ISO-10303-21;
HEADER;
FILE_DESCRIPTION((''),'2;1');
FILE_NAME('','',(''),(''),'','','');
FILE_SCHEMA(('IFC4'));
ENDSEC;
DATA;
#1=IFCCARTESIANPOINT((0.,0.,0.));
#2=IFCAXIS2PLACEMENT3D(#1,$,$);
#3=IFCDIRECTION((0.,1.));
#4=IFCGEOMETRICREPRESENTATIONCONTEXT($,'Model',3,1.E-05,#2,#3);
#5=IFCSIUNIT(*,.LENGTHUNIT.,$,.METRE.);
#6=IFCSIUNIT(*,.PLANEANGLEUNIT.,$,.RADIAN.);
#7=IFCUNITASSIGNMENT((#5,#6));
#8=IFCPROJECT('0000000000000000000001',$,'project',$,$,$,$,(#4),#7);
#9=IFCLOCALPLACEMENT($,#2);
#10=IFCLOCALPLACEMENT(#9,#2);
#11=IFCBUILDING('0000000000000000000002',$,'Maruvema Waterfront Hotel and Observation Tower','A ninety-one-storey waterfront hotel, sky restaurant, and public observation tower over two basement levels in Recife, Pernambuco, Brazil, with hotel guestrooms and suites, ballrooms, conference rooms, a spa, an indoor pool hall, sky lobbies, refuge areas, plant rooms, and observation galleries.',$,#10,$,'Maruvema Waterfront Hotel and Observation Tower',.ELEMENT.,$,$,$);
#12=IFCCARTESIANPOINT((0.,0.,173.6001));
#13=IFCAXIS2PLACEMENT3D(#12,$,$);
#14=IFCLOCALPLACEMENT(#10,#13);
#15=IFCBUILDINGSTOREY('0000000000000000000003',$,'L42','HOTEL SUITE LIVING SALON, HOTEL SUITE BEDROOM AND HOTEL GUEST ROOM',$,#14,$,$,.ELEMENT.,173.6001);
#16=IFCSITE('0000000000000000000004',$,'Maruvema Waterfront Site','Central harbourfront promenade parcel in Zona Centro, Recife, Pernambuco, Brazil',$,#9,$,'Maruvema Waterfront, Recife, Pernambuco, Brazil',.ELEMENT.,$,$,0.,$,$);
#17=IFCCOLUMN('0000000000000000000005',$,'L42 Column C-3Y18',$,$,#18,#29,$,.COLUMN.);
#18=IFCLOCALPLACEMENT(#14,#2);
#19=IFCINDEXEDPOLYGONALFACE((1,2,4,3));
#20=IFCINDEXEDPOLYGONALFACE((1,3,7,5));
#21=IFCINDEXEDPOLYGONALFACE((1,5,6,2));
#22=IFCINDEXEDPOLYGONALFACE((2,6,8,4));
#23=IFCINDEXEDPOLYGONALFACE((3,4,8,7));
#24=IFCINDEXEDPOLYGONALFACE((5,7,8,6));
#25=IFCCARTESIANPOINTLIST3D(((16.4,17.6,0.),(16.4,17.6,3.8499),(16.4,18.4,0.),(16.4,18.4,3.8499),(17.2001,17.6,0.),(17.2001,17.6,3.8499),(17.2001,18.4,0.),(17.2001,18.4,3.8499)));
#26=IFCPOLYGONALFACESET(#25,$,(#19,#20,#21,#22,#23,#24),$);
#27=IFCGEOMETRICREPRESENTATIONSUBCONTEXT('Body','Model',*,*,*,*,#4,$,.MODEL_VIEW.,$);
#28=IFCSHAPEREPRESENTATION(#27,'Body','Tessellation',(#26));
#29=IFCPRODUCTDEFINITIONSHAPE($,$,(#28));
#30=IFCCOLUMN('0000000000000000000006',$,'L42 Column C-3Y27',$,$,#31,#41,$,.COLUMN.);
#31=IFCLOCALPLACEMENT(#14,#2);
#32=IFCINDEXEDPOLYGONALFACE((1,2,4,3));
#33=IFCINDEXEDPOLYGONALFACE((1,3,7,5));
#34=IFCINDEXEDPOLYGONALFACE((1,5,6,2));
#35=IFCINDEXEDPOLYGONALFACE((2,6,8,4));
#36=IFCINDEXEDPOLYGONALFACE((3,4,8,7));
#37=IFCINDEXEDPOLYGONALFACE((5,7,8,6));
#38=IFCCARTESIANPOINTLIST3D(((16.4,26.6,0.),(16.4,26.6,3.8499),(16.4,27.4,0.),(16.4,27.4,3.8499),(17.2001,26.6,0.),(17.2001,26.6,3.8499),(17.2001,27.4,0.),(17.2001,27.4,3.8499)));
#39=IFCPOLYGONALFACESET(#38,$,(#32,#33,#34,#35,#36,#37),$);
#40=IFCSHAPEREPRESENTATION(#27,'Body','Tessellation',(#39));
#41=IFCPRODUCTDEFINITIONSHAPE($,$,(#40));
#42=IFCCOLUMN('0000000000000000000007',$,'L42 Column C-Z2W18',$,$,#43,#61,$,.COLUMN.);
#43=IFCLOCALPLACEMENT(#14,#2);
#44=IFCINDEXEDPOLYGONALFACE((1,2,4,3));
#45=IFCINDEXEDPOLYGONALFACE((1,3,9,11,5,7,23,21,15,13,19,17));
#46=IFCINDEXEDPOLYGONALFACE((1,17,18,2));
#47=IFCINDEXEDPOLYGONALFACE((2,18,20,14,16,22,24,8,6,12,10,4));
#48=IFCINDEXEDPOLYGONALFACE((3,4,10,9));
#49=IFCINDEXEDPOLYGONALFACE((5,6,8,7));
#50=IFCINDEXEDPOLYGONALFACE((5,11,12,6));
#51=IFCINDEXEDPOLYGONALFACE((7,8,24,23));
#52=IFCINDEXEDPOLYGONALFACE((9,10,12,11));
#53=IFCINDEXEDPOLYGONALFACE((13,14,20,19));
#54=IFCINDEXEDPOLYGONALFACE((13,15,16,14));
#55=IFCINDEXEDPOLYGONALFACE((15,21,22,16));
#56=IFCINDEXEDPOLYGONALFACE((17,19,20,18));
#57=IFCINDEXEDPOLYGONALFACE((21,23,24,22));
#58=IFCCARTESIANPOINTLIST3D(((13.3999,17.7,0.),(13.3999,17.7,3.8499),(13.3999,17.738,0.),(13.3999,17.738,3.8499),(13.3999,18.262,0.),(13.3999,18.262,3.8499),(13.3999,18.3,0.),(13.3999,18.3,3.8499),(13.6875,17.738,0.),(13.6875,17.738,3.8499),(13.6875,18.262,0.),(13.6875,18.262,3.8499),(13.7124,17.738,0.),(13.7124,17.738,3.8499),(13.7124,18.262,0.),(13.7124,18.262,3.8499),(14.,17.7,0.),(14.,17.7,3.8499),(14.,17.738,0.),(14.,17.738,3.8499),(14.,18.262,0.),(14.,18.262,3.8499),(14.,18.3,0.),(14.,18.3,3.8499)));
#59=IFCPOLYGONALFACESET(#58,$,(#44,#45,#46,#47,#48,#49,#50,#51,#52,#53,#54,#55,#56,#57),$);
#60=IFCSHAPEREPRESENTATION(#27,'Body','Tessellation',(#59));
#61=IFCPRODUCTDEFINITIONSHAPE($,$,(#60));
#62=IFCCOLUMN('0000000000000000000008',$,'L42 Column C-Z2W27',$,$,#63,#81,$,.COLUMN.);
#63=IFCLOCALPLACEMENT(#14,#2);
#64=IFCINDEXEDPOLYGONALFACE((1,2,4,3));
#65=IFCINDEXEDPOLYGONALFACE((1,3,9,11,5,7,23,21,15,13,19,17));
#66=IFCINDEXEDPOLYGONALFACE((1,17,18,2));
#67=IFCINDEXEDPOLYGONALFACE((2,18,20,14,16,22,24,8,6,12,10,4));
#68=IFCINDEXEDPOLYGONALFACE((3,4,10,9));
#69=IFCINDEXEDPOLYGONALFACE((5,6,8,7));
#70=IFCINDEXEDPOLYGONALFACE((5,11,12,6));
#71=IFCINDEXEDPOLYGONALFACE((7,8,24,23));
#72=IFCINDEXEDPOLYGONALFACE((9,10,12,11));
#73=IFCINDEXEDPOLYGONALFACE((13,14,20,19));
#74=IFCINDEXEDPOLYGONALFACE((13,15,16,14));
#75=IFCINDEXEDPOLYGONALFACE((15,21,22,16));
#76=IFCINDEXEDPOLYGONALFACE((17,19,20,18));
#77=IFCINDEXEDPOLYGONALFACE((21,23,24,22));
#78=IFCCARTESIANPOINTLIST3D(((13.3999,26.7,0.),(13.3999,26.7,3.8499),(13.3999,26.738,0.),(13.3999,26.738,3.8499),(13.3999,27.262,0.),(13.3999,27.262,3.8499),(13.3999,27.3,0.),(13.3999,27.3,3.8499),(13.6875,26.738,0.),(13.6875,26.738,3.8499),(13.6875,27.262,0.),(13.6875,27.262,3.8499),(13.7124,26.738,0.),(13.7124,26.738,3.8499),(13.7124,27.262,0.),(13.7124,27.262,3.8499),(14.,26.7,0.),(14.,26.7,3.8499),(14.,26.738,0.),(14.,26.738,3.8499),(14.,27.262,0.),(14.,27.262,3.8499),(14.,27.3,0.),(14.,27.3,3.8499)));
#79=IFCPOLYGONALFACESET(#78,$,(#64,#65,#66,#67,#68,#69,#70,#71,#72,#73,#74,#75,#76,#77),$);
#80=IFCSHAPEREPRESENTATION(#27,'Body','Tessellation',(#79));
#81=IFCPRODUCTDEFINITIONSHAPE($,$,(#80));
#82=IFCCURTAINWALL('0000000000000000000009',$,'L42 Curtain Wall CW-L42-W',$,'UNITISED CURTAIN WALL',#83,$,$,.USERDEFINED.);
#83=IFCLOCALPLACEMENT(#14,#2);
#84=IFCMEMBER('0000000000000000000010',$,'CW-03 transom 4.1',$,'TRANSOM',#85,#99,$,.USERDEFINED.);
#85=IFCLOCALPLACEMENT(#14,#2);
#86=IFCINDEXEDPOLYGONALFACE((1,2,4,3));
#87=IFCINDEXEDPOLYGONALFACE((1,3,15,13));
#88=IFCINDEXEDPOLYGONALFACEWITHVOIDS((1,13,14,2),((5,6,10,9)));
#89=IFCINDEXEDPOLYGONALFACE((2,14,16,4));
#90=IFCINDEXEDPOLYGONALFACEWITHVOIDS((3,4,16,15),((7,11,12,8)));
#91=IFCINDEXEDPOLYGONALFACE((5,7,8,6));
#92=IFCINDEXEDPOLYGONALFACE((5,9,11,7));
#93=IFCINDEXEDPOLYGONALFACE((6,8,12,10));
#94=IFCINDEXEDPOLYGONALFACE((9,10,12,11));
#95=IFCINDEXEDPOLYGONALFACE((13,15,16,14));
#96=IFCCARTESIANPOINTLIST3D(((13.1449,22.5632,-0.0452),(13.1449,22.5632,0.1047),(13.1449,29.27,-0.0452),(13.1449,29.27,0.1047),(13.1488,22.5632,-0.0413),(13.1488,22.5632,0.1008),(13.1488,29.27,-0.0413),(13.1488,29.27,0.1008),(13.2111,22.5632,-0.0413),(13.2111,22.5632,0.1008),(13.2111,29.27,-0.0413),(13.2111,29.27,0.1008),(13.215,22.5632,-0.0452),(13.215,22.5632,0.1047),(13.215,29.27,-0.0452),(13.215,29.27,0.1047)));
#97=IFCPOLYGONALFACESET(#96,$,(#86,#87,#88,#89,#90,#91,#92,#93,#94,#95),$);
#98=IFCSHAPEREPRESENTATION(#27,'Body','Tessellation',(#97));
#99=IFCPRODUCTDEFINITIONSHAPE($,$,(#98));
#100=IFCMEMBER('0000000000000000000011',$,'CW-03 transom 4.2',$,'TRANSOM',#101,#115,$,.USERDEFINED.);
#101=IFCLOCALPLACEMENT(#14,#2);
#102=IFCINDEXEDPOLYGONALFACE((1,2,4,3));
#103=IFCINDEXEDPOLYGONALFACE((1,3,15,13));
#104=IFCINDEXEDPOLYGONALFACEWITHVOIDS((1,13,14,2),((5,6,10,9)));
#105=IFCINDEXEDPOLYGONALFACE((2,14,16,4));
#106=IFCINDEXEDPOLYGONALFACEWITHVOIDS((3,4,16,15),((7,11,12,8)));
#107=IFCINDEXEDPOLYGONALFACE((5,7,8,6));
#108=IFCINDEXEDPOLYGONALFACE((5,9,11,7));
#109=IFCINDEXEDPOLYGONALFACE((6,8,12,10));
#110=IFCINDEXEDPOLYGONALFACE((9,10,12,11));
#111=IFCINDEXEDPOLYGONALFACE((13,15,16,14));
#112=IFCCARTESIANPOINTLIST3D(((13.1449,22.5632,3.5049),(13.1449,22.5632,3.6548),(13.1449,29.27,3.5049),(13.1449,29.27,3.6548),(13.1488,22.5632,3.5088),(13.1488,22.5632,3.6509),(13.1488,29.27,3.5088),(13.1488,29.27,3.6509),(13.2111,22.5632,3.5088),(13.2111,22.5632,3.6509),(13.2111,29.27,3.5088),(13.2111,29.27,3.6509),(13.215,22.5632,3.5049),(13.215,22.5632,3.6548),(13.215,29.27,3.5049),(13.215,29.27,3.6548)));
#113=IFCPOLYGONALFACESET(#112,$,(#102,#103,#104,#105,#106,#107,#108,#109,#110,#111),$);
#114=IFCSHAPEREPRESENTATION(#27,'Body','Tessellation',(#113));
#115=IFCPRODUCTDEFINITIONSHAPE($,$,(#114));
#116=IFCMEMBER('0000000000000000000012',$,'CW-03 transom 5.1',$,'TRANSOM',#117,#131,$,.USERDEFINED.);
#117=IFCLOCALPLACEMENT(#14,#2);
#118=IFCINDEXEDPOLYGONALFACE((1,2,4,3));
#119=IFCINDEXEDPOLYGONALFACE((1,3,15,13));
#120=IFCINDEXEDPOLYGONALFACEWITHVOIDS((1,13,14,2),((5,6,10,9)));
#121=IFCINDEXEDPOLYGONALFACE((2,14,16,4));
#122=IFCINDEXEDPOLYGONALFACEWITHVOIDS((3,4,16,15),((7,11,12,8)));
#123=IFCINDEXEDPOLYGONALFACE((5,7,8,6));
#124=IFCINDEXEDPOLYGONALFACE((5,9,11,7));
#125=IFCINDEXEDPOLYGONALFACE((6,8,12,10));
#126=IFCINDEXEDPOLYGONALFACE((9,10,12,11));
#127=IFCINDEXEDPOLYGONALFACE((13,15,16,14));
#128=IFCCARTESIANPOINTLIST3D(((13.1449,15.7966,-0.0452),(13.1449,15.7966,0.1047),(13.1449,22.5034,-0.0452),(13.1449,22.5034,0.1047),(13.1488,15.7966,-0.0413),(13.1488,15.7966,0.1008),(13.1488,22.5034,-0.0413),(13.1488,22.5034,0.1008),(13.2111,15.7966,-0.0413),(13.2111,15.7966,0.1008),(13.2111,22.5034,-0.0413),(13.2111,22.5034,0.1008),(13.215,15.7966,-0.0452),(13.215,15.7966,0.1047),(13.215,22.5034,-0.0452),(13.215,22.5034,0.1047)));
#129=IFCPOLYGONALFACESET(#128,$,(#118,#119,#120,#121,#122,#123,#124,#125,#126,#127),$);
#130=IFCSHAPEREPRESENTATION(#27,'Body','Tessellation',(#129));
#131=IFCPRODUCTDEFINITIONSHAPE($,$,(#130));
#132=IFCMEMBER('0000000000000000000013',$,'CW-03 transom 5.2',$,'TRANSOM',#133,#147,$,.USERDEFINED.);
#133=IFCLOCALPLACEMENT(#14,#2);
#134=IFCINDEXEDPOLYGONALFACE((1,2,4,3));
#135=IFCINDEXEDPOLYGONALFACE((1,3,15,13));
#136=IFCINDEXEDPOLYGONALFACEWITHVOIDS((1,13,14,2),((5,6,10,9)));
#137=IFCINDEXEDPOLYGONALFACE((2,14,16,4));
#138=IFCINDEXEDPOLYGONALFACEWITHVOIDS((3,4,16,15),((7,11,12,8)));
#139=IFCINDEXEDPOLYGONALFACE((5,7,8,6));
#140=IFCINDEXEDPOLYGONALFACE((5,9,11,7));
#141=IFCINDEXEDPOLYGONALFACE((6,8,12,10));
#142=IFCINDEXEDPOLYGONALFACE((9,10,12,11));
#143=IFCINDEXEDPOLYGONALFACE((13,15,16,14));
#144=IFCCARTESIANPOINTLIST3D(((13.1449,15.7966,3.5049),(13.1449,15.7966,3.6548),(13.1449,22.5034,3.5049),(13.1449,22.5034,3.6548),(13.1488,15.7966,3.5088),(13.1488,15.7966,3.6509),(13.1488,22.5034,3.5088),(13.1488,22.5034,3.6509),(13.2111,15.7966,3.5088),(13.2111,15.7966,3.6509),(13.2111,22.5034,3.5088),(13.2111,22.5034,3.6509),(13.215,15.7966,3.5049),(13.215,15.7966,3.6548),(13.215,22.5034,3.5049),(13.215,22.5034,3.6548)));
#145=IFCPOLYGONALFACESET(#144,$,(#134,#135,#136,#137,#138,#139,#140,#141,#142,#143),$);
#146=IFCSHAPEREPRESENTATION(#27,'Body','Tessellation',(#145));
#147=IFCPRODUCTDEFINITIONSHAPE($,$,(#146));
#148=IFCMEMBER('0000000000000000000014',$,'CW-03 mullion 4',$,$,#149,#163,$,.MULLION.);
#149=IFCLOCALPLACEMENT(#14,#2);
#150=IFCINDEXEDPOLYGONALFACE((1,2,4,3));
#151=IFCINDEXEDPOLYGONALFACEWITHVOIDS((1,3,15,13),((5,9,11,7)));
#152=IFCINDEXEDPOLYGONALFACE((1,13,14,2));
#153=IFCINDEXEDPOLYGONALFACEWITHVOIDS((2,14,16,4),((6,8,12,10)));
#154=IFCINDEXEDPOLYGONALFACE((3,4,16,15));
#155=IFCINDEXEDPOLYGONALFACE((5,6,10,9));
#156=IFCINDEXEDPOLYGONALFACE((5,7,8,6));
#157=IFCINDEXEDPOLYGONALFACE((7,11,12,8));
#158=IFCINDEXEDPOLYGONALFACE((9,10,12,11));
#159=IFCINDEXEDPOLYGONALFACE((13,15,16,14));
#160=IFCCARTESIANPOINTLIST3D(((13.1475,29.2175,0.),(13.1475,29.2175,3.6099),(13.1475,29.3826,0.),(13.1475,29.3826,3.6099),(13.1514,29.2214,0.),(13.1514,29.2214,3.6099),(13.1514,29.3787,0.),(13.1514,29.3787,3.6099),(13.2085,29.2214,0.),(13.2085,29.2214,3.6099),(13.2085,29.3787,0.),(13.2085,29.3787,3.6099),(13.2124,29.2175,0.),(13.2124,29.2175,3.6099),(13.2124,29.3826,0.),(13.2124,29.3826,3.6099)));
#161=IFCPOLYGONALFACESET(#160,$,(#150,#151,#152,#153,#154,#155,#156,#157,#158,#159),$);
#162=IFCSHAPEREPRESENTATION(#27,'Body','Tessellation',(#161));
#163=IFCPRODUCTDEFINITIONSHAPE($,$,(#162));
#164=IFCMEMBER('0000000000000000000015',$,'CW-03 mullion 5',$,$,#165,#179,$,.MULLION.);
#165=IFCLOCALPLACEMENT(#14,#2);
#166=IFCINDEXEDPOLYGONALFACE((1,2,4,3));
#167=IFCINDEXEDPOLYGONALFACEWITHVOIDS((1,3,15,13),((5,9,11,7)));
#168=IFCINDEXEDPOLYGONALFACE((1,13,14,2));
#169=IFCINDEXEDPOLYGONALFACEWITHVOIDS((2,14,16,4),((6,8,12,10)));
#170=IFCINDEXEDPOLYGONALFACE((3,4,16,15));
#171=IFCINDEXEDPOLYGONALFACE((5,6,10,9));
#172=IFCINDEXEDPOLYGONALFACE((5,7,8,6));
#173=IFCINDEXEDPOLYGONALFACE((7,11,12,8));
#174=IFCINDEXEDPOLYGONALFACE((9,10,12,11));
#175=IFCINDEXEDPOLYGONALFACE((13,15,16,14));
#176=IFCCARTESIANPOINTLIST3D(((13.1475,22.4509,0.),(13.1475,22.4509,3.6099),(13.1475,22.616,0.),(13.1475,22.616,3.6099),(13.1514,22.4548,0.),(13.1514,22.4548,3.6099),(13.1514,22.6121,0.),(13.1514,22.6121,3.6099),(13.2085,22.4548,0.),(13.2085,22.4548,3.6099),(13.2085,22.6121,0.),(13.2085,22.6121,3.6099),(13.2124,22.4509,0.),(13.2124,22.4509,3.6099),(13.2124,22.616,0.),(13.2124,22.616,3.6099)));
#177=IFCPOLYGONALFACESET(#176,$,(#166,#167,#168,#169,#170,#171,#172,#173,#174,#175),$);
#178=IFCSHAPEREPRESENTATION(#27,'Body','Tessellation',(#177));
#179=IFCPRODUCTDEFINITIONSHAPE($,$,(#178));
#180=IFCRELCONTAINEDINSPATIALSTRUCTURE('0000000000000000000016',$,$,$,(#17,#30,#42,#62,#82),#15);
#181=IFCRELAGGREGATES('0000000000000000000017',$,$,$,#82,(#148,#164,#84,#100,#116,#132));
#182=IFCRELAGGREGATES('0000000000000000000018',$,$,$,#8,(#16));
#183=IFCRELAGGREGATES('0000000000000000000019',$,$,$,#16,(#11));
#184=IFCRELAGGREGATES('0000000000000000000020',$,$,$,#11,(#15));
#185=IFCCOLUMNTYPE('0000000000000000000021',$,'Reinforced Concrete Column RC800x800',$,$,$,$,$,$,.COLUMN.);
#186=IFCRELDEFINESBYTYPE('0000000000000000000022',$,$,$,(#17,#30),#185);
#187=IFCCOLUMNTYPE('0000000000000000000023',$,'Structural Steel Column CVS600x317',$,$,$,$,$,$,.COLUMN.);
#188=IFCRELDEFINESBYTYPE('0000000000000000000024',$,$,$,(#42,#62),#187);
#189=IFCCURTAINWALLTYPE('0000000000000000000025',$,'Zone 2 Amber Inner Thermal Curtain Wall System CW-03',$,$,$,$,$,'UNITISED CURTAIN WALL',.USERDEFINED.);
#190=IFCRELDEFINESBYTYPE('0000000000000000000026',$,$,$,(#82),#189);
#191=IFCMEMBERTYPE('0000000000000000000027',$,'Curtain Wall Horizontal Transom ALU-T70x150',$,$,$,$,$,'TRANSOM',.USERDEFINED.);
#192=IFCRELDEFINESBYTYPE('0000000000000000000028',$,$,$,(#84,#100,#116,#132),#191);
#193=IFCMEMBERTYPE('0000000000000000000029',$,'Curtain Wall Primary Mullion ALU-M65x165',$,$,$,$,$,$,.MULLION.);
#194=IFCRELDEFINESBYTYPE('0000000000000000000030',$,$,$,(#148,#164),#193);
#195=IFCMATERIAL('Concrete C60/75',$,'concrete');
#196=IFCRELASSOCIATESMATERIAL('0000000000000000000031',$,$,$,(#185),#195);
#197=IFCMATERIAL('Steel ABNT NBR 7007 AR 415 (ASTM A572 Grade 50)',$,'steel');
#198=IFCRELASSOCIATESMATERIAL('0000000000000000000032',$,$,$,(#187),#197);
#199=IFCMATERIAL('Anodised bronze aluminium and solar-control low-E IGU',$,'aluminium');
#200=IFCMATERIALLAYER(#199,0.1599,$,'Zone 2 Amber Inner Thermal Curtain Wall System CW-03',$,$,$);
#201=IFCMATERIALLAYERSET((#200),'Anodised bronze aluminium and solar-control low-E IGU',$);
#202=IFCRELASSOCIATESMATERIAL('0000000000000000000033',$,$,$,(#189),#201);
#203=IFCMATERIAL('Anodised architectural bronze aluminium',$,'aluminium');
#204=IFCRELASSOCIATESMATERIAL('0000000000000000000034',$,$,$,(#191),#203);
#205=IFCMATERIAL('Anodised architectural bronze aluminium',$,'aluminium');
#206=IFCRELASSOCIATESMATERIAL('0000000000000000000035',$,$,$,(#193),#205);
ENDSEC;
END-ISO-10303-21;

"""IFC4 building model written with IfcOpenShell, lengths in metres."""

from ifc_helpers import new_model, si_unit, direction, frame, origin, origin_2d, place, context, subcontext, project, spatial, rectangle, hollow_rectangle, i_section, extrude, material, layer, layer_set, material_profile, profile_set, type_object, element, aggregate, save


model = new_model("IFC4")

# Units and contexts
model_context = context("Model", 3, precision=1e-05, world=origin(), true_north=direction((0.0, 1.0)))
body_context = subcontext(model_context, "Body", "Model", "MODEL_VIEW")
ifc_project = project(units=[si_unit("LENGTHUNIT", "METRE"), si_unit("PLANEANGLEUNIT", "RADIAN")], contexts=[model_context])

# Site, building, storey
site_placement = place(None, origin())
site = spatial("IfcSite", under=ifc_project, at=site_placement, Name="Maruvema Waterfront Site", Description="Central harbourfront promenade parcel in Zona Centro, Recife, Pernambuco, Brazil", LongName="Maruvema Waterfront, Recife, Pernambuco, Brazil", CompositionType="ELEMENT", RefElevation=0.0)
building_placement = place(site_placement, origin())
building = spatial("IfcBuilding", under=site, at=building_placement, Name="Maruvema Waterfront Hotel and Observation Tower", Description="A ninety-one-storey waterfront hotel, sky restaurant, and public observation tower over two basement levels in Recife, Pernambuco, Brazil, with hotel guestrooms and suites, ballrooms, conference rooms, a spa, an indoor pool hall, sky lobbies, refuge areas, plant rooms, and observation galleries.", LongName="Maruvema Waterfront Hotel and Observation Tower", CompositionType="ELEMENT")
storey_placement = place(building_placement, frame((0.0, 0.0, 173.6001)))
storey = spatial("IfcBuildingStorey", under=building, at=storey_placement, Name="L42", Description="HOTEL SUITE LIVING SALON, HOTEL SUITE BEDROOM AND HOTEL GUEST ROOM", CompositionType="ELEMENT", Elevation=173.6001)

# Columns
ifc_material_1 = material(Name="Concrete C60/75", Category="concrete")
ifc_material_profile_1 = material_profile(ifc_material_1, rectangle(XDim=0.8, YDim=0.8, at=origin_2d()), Name="RC800x800")
ifc_profile_set_1 = profile_set([ifc_material_profile_1], Name="Concrete C60/75")
column_type_1 = type_object("IfcColumnType", Name="Reinforced Concrete Column RC800x800", PredefinedType="COLUMN", material=ifc_profile_set_1)
for number, where, z_axis, x_axis, name in (
    (1, (16.8, 18.0, 0.0), (0.0, 0.0, 1.0), (1.0, 0.0, 0.0), "L42 Column C-3Y18"),
    (2, (16.8, 27.0, 0.0), (0.0, 0.0, 1.0), (1.0, 0.0, 0.0), "L42 Column C-3Y27"),
):
    element("IfcColumn", number, at=place(storey_placement, frame(where, z_axis=z_axis, x_axis=x_axis)), inside=storey, type_object=column_type_1, Name=name, PredefinedType="COLUMN", context=body_context, shape_type="SweptSolid", body=[
        extrude(rectangle(XDim=0.8, YDim=0.8, at=origin_2d()), origin(), (0.0, 0.0, 1.0), 3.8499),
    ])
ifc_material_2 = material(Name="Steel ABNT NBR 7007 AR 415 (ASTM A572 Grade 50)", Category="steel")
ifc_material_profile_2 = material_profile(ifc_material_2, i_section(OverallWidth=0.6001, OverallDepth=0.6001, WebThickness=0.0249, FlangeThickness=0.0381, at=origin_2d()), Name="CVS600x317")
ifc_profile_set_2 = profile_set([ifc_material_profile_2], Name="Steel ABNT NBR 7007 AR 415 (ASTM A572 Grade 50)")
column_type_2 = type_object("IfcColumnType", Name="Structural Steel Column CVS600x317", PredefinedType="COLUMN", material=ifc_profile_set_2)
for number, where, z_axis, x_axis, name in (
    (3, (13.7, 18.0, 0.0), (0.0, 0.0, 1.0), (1.0, 0.0, 0.0), "L42 Column C-Z2W18"),
    (4, (13.7, 27.0, 0.0), (0.0, 0.0, 1.0), (1.0, 0.0, 0.0), "L42 Column C-Z2W27"),
):
    element("IfcColumn", number, at=place(storey_placement, frame(where, z_axis=z_axis, x_axis=x_axis)), inside=storey, type_object=column_type_2, Name=name, PredefinedType="COLUMN", context=body_context, shape_type="SweptSolid", body=[
        extrude(i_section(OverallWidth=0.6001, OverallDepth=0.6001, WebThickness=0.0249, FlangeThickness=0.0381, at=origin_2d()), origin(), (0.0, 0.0, 1.0), 3.8499),
    ])

# Curtain wall, members
ifc_material_3 = material(Name="Anodised bronze aluminium and solar-control low-E IGU", Category="aluminium")
ifc_layer_1 = layer(ifc_material_3, 0.1599, Name="Zone 2 Amber Inner Thermal Curtain Wall System CW-03")
ifc_layer_set_1 = layer_set([ifc_layer_1], Name="Anodised bronze aluminium and solar-control low-E IGU")
curtain_wall_type = type_object("IfcCurtainWallType", Name="Zone 2 Amber Inner Thermal Curtain Wall System CW-03", ElementType="UNITISED CURTAIN WALL", PredefinedType="USERDEFINED", material=ifc_layer_set_1)
curtain_wall_placement = place(storey_placement, origin())
curtain_wall = element("IfcCurtainWall", 5, at=curtain_wall_placement, inside=storey, type_object=curtain_wall_type, Name="L42 Curtain Wall CW-L42-W", ObjectType="UNITISED CURTAIN WALL", PredefinedType="USERDEFINED")
ifc_material_4 = material(Name="Anodised architectural bronze aluminium", Category="aluminium")
ifc_material_profile_3 = material_profile(ifc_material_4, hollow_rectangle(XDim=0.0701, YDim=0.1499, WallThickness=0.0039, at=origin_2d()), Name="ALU-T70x150")
ifc_profile_set_3 = profile_set([ifc_material_profile_3], Name="Anodised architectural bronze aluminium")
member_type_1 = type_object("IfcMemberType", Name="Curtain Wall Horizontal Transom ALU-T70x150", ElementType="TRANSOM", PredefinedType="USERDEFINED", material=ifc_profile_set_3)
member_1_placement = place(storey_placement, frame((13.1799, 29.27, 0.0298), z_axis=(0.0, -1.0, 0.0), x_axis=(1.0, 0.0, 0.0)))
member_1 = element("IfcMember", 6, at=member_1_placement, type_object=member_type_1, Name="CW-03 transom 4.1", ObjectType="TRANSOM", PredefinedType="USERDEFINED", context=body_context, shape_type="SweptSolid", body=[
    extrude(hollow_rectangle(XDim=0.0701, YDim=0.1499, WallThickness=0.0039, at=origin_2d()), origin(), (0.0, 0.0, 1.0), 6.7068),
])
member_2_placement = place(storey_placement, frame((13.1799, 29.27, 3.5798), z_axis=(0.0, -1.0, 0.0), x_axis=(1.0, 0.0, 0.0)))
member_2 = element("IfcMember", 7, at=member_2_placement, type_object=member_type_1, Name="CW-03 transom 4.2", ObjectType="TRANSOM", PredefinedType="USERDEFINED", context=body_context, shape_type="SweptSolid", body=[
    extrude(hollow_rectangle(XDim=0.0701, YDim=0.1499, WallThickness=0.0039, at=origin_2d()), origin(), (0.0, 0.0, 1.0), 6.7068),
])
member_3_placement = place(storey_placement, frame((13.1799, 22.5034, 0.0298), z_axis=(0.0, -1.0, 0.0), x_axis=(1.0, 0.0, 0.0)))
member_3 = element("IfcMember", 8, at=member_3_placement, type_object=member_type_1, Name="CW-03 transom 5.1", ObjectType="TRANSOM", PredefinedType="USERDEFINED", context=body_context, shape_type="SweptSolid", body=[
    extrude(hollow_rectangle(XDim=0.0701, YDim=0.1499, WallThickness=0.0039, at=origin_2d()), origin(), (0.0, 0.0, 1.0), 6.7068),
])
member_4_placement = place(storey_placement, frame((13.1799, 22.5034, 3.5798), z_axis=(0.0, -1.0, 0.0), x_axis=(1.0, 0.0, 0.0)))
member_4 = element("IfcMember", 9, at=member_4_placement, type_object=member_type_1, Name="CW-03 transom 5.2", ObjectType="TRANSOM", PredefinedType="USERDEFINED", context=body_context, shape_type="SweptSolid", body=[
    extrude(hollow_rectangle(XDim=0.0701, YDim=0.1499, WallThickness=0.0039, at=origin_2d()), origin(), (0.0, 0.0, 1.0), 6.7068),
])
ifc_material_5 = material(Name="Anodised architectural bronze aluminium", Category="aluminium")
ifc_material_profile_4 = material_profile(ifc_material_5, hollow_rectangle(XDim=0.0649, YDim=0.165, WallThickness=0.0039, at=origin_2d()), Name="ALU-M65x165")
ifc_profile_set_4 = profile_set([ifc_material_profile_4], Name="Anodised architectural bronze aluminium")
member_type_2 = type_object("IfcMemberType", Name="Curtain Wall Primary Mullion ALU-M65x165", PredefinedType="MULLION", material=ifc_profile_set_4)
member_5_placement = place(storey_placement, frame((13.1799, 29.3, 0.0), z_axis=(0.0, 0.0, 1.0), x_axis=(1.0, 0.0, 0.0)))
member_5 = element("IfcMember", 10, at=member_5_placement, type_object=member_type_2, Name="CW-03 mullion 4", PredefinedType="MULLION", context=body_context, shape_type="SweptSolid", body=[
    extrude(hollow_rectangle(XDim=0.0649, YDim=0.165, WallThickness=0.0039, at=origin_2d()), origin(), (0.0, 0.0, 1.0), 3.6099),
])
member_6_placement = place(storey_placement, frame((13.1799, 22.5334, 0.0), z_axis=(0.0, 0.0, 1.0), x_axis=(1.0, 0.0, 0.0)))
member_6 = element("IfcMember", 11, at=member_6_placement, type_object=member_type_2, Name="CW-03 mullion 5", PredefinedType="MULLION", context=body_context, shape_type="SweptSolid", body=[
    extrude(hollow_rectangle(XDim=0.0649, YDim=0.165, WallThickness=0.0039, at=origin_2d()), origin(), (0.0, 0.0, 1.0), 3.6099),
])

aggregate(curtain_wall, [member_5, member_6, member_1, member_2, member_3, member_4])

save(model, "model.ifc")
